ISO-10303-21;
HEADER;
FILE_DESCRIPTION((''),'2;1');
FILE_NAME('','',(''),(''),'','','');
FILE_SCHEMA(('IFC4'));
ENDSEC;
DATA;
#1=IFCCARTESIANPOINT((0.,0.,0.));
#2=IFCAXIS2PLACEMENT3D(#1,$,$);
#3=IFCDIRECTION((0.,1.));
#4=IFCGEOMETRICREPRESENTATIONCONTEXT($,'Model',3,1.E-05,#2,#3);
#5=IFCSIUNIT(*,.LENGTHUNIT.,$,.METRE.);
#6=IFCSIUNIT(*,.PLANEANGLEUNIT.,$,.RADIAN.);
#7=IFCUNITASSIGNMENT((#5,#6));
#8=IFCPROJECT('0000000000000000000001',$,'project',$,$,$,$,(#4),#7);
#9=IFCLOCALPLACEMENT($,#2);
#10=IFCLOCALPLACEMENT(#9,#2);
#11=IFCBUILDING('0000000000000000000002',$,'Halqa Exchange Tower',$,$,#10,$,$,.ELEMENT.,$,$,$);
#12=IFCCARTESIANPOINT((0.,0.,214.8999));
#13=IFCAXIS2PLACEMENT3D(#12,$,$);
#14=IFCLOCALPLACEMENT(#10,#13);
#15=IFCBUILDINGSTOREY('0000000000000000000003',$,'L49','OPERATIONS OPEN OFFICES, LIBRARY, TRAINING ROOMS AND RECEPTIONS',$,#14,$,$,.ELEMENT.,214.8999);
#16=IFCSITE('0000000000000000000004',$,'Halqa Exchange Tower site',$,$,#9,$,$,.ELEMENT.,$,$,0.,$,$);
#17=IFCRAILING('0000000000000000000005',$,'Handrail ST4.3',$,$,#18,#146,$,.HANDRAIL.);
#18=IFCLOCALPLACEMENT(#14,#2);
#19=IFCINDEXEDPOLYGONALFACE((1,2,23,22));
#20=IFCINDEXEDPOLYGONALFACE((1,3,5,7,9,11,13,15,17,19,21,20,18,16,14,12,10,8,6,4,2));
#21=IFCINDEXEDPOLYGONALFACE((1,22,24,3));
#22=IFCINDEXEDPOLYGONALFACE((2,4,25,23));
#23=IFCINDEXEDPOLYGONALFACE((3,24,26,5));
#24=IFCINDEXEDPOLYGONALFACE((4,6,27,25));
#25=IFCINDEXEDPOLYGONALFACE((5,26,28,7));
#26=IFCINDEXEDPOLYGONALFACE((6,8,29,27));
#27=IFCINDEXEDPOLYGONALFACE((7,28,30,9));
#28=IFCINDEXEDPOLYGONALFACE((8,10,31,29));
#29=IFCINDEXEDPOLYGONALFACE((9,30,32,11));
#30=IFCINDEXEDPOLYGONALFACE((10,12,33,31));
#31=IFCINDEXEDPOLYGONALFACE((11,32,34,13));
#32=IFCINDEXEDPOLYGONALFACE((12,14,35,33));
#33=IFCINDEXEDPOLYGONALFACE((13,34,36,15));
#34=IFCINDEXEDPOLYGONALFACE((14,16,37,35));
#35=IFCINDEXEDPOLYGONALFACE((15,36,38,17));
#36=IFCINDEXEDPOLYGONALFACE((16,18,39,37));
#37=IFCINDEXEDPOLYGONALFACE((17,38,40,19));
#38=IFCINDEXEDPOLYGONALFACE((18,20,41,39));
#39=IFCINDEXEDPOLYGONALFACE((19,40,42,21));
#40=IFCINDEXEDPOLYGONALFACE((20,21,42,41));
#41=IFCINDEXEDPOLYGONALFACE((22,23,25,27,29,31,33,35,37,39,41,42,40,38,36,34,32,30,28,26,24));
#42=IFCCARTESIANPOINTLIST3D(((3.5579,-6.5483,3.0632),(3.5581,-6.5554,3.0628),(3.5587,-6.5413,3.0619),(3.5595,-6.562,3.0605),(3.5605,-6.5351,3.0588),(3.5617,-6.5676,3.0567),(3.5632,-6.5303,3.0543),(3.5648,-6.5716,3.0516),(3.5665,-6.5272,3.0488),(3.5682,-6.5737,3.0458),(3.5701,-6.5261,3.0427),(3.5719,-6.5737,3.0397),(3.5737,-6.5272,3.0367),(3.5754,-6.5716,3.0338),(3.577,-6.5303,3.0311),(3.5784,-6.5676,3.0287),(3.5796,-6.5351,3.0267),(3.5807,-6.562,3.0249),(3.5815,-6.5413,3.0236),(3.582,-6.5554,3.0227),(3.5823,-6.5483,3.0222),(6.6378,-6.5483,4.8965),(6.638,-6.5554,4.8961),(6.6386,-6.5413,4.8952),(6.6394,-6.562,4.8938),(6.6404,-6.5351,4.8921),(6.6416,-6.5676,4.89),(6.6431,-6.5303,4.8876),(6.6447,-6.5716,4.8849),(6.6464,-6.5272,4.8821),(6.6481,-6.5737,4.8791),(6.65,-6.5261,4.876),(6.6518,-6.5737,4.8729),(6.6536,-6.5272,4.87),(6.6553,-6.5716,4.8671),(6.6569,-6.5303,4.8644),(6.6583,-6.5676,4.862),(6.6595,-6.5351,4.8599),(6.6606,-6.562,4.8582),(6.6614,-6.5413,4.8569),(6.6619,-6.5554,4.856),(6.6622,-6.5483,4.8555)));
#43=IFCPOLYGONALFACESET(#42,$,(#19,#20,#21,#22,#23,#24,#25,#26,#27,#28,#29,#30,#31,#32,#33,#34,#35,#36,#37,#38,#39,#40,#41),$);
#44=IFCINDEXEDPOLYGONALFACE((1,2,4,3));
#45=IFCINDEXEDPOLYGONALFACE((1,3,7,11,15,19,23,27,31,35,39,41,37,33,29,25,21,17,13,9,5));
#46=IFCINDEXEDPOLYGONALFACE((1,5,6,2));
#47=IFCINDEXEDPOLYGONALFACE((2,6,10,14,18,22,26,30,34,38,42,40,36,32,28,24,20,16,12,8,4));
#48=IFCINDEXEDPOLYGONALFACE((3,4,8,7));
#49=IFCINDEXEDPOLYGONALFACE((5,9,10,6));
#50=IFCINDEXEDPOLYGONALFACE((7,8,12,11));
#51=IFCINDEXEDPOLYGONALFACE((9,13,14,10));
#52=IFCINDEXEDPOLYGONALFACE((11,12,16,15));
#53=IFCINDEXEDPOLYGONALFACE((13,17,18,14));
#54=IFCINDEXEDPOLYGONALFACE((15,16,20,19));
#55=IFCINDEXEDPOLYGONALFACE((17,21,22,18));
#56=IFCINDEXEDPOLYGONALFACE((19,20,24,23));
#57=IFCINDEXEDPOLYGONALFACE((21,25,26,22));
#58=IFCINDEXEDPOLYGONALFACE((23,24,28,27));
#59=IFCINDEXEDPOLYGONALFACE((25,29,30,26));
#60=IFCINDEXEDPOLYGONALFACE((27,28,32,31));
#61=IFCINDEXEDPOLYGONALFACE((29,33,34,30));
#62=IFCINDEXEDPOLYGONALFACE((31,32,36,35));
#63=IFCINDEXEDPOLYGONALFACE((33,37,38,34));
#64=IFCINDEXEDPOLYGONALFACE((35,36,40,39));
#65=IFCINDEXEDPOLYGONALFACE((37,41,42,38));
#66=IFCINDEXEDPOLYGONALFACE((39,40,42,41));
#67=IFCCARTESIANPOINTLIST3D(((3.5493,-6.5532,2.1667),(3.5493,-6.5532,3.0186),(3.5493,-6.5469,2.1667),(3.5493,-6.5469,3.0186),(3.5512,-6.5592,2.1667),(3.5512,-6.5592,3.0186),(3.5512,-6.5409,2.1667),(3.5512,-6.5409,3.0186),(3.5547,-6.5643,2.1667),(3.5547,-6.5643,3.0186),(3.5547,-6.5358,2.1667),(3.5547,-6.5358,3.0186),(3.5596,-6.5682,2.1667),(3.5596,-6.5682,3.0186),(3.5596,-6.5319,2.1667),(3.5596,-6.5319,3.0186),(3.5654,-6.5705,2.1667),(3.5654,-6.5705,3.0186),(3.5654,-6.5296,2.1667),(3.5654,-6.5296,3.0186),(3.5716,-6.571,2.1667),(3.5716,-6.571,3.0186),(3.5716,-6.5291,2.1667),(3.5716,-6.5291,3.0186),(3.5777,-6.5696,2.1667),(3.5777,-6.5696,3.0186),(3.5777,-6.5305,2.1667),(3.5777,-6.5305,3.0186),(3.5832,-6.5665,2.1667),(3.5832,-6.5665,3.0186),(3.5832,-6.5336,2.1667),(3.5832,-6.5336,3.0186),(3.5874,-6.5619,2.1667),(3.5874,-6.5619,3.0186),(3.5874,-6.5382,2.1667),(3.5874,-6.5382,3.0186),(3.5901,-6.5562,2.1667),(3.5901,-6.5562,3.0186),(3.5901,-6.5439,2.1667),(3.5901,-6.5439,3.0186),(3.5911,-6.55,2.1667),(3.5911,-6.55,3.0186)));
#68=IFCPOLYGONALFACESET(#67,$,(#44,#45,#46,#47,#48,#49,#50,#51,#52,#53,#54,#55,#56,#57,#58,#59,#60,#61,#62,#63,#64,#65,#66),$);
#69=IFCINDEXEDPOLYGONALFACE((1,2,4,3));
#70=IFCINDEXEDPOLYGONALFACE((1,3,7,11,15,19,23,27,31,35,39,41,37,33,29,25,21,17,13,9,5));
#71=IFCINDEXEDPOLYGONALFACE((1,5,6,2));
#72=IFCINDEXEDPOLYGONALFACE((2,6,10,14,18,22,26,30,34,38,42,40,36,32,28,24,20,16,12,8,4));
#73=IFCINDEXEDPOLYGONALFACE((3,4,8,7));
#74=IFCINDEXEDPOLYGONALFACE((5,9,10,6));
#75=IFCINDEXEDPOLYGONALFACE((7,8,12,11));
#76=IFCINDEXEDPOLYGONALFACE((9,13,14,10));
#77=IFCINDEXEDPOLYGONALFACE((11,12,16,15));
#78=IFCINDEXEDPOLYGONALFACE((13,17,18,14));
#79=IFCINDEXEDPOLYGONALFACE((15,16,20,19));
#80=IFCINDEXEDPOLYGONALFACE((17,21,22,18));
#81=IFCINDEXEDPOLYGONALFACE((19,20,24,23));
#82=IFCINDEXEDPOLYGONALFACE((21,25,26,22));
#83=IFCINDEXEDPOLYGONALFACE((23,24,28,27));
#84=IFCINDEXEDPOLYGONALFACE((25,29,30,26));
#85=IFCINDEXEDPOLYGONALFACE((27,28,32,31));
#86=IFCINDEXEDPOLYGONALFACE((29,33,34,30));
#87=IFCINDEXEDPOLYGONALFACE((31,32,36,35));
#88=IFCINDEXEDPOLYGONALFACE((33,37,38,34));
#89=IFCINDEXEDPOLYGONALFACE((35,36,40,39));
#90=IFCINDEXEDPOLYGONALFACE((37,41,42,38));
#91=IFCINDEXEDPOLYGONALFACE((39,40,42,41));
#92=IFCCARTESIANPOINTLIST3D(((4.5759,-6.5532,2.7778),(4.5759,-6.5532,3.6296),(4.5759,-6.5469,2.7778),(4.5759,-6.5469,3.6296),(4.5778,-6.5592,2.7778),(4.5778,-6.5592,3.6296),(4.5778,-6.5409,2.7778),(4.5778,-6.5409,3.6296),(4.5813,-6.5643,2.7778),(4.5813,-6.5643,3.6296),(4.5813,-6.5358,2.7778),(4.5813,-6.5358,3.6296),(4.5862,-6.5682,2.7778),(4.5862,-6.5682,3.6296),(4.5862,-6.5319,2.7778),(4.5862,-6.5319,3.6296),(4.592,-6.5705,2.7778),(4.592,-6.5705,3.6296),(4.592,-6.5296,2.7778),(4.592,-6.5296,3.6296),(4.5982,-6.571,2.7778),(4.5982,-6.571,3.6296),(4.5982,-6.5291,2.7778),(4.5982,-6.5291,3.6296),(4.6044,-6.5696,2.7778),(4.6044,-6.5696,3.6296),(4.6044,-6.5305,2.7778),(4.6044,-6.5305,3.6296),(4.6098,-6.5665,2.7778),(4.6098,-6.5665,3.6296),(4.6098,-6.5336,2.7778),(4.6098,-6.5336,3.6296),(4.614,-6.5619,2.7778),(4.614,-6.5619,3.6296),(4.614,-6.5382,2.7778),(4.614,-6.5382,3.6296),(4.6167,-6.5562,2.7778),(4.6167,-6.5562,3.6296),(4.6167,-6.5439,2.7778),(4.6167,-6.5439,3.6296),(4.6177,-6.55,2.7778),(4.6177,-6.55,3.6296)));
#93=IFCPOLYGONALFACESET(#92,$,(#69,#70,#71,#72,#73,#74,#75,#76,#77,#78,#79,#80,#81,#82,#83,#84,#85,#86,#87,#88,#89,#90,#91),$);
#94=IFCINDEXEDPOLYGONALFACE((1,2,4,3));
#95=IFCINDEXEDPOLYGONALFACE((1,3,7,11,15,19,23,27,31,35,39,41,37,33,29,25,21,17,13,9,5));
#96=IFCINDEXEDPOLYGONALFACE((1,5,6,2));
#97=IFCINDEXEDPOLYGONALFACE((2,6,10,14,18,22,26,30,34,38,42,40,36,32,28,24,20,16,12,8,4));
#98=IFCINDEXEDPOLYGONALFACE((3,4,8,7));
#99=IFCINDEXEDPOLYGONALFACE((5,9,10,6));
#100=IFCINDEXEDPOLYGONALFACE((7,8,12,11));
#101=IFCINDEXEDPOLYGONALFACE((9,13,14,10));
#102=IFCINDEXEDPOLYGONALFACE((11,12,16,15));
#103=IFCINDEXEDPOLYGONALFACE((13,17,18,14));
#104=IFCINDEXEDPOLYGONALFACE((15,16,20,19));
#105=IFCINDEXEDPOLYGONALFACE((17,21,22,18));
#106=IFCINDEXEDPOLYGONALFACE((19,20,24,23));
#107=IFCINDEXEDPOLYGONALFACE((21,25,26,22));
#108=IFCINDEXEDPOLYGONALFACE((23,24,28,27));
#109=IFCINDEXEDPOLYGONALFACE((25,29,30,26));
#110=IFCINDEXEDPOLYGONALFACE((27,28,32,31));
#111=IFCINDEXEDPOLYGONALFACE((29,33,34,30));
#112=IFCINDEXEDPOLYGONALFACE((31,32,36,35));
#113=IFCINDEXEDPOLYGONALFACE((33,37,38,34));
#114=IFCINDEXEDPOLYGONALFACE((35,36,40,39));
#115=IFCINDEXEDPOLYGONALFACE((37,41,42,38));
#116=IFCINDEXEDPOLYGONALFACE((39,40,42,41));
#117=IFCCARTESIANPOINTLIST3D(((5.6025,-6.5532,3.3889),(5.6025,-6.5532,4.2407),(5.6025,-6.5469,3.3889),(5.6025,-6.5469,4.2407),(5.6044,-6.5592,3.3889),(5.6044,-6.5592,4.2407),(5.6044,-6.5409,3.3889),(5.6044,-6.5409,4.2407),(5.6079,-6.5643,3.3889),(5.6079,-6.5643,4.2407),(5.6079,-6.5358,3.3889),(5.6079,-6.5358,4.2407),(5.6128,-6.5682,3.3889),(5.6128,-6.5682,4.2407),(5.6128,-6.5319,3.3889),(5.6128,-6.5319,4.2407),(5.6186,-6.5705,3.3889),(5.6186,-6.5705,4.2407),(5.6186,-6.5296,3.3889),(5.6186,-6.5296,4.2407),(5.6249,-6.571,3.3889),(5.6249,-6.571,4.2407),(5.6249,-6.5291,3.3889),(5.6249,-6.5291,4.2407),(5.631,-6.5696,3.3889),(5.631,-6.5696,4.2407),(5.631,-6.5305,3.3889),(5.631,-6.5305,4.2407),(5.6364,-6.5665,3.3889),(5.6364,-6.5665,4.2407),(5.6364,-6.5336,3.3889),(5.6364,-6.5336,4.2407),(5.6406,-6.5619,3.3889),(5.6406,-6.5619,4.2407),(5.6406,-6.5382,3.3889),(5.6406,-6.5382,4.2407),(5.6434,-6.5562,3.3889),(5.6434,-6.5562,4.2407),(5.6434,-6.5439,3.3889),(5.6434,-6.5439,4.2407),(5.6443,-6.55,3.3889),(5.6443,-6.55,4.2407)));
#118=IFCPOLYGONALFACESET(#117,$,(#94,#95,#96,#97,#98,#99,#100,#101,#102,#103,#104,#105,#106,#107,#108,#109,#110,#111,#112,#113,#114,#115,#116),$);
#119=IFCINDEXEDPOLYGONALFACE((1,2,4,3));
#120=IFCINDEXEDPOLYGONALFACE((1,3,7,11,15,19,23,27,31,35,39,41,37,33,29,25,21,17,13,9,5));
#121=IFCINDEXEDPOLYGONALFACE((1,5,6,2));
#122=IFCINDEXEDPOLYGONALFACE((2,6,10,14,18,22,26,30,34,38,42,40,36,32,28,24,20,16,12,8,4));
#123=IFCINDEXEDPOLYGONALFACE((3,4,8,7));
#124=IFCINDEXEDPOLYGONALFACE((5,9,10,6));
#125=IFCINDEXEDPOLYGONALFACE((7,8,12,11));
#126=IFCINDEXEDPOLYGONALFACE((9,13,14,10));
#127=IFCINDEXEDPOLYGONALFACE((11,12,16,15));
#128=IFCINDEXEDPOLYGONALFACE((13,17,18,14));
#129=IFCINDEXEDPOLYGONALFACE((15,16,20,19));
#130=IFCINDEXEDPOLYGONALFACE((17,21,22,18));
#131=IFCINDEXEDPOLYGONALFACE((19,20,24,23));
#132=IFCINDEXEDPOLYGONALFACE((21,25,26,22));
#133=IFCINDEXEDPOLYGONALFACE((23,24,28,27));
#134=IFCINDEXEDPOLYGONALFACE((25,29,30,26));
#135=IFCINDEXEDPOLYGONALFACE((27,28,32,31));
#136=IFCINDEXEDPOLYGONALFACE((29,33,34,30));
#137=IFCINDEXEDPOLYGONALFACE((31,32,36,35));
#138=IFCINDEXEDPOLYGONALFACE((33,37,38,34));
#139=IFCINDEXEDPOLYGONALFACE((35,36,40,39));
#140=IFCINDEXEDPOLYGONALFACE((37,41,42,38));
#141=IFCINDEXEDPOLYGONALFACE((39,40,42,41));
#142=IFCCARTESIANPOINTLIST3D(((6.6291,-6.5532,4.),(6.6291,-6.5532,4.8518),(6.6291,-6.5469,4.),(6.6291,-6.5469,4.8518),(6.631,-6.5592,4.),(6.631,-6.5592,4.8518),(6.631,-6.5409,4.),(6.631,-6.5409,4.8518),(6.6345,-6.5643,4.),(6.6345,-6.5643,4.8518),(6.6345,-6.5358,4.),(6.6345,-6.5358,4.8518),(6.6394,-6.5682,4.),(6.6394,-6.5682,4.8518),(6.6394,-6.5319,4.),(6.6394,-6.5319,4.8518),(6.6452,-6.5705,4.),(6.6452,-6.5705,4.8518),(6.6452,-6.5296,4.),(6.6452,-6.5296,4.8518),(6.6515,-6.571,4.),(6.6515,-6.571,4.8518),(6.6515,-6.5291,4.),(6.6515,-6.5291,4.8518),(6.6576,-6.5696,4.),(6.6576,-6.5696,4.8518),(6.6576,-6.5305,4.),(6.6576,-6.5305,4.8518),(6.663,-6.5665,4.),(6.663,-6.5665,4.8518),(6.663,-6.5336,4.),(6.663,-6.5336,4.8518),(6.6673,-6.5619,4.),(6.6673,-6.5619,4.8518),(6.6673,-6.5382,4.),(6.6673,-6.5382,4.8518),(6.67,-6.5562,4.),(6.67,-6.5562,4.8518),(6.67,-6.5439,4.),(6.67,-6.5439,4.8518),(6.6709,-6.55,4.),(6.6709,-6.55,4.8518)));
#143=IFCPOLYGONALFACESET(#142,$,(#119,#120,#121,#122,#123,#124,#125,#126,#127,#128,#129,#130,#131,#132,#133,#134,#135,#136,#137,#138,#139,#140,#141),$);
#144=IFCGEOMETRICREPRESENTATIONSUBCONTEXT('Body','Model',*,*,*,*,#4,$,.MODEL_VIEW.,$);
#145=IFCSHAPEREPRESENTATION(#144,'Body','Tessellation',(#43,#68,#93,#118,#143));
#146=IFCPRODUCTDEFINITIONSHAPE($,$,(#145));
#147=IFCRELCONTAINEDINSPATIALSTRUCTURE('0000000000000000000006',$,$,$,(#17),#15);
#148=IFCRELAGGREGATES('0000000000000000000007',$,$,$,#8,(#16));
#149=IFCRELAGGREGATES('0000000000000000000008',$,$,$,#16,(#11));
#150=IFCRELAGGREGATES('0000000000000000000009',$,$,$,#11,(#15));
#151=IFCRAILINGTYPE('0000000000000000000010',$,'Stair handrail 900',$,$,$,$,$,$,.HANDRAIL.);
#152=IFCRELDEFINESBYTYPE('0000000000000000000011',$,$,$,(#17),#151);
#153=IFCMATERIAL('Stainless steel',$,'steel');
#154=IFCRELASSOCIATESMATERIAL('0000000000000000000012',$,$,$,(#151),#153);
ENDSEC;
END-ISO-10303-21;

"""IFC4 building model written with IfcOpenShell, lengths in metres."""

from ifc_helpers import new_model, si_unit, direction, frame, origin, origin_2d, place, context, subcontext, project, spatial, circle, extrude, material, type_object, element, save


model = new_model("IFC4")

# Units and contexts
model_context = context("Model", 3, precision=1e-05, world=origin(), true_north=direction((0.0, 1.0)))
body_context = subcontext(model_context, "Body", "Model", "MODEL_VIEW")
ifc_project = project(units=[si_unit("LENGTHUNIT", "METRE"), si_unit("PLANEANGLEUNIT", "RADIAN")], contexts=[model_context])

# Site, building, storey
site_placement = place(None, origin())
site = spatial("IfcSite", under=ifc_project, at=site_placement, Name="Halqa Exchange Tower site", CompositionType="ELEMENT", RefElevation=0.0)
building_placement = place(site_placement, origin())
building = spatial("IfcBuilding", under=site, at=building_placement, Name="Halqa Exchange Tower", CompositionType="ELEMENT")
storey_placement = place(building_placement, frame((0.0, 0.0, 214.8999)))
storey = spatial("IfcBuildingStorey", under=building, at=storey_placement, Name="L49", Description="OPERATIONS OPEN OFFICES, LIBRARY, TRAINING ROOMS AND RECEPTIONS", CompositionType="ELEMENT", Elevation=214.8999)

# Railing
ifc_material_1 = material(Name="Stainless steel", Category="steel")
railing_type_1 = type_object("IfcRailingType", Name="Stair handrail 900", PredefinedType="HANDRAIL", material=ifc_material_1)
railing_1_placement = place(storey_placement, frame((3.5701, -6.55, 2.1667)))
element("IfcRailing", 1, at=railing_1_placement, inside=storey, type_object=railing_type_1, Name="Handrail ST4.3", PredefinedType="HANDRAIL", context=body_context, shape_type="SweptSolid", body=[
    extrude(circle(Radius=0.0239, at=origin_2d()), frame((0.0, 0.0, 0.876), z_axis=(0.859291, 0.0, 0.511487), x_axis=(0.0, 1.0, 0.0)), (0.0, 0.0, 1.0), 3.5842),
    extrude(circle(Radius=0.021, at=origin_2d()), origin(), (0.0, 0.0, 1.0), 0.8518),
    extrude(circle(Radius=0.021, at=origin_2d()), frame((1.0266, 0.0, 0.6111)), (0.0, 0.0, 1.0), 0.8518),
    extrude(circle(Radius=0.021, at=origin_2d()), frame((2.0532, 0.0, 1.2222)), (0.0, 0.0, 1.0), 0.8518),
    extrude(circle(Radius=0.021, at=origin_2d()), frame((3.0798, 0.0, 1.8333)), (0.0, 0.0, 1.0), 0.8518),
])

save(model, "model.ifc")
